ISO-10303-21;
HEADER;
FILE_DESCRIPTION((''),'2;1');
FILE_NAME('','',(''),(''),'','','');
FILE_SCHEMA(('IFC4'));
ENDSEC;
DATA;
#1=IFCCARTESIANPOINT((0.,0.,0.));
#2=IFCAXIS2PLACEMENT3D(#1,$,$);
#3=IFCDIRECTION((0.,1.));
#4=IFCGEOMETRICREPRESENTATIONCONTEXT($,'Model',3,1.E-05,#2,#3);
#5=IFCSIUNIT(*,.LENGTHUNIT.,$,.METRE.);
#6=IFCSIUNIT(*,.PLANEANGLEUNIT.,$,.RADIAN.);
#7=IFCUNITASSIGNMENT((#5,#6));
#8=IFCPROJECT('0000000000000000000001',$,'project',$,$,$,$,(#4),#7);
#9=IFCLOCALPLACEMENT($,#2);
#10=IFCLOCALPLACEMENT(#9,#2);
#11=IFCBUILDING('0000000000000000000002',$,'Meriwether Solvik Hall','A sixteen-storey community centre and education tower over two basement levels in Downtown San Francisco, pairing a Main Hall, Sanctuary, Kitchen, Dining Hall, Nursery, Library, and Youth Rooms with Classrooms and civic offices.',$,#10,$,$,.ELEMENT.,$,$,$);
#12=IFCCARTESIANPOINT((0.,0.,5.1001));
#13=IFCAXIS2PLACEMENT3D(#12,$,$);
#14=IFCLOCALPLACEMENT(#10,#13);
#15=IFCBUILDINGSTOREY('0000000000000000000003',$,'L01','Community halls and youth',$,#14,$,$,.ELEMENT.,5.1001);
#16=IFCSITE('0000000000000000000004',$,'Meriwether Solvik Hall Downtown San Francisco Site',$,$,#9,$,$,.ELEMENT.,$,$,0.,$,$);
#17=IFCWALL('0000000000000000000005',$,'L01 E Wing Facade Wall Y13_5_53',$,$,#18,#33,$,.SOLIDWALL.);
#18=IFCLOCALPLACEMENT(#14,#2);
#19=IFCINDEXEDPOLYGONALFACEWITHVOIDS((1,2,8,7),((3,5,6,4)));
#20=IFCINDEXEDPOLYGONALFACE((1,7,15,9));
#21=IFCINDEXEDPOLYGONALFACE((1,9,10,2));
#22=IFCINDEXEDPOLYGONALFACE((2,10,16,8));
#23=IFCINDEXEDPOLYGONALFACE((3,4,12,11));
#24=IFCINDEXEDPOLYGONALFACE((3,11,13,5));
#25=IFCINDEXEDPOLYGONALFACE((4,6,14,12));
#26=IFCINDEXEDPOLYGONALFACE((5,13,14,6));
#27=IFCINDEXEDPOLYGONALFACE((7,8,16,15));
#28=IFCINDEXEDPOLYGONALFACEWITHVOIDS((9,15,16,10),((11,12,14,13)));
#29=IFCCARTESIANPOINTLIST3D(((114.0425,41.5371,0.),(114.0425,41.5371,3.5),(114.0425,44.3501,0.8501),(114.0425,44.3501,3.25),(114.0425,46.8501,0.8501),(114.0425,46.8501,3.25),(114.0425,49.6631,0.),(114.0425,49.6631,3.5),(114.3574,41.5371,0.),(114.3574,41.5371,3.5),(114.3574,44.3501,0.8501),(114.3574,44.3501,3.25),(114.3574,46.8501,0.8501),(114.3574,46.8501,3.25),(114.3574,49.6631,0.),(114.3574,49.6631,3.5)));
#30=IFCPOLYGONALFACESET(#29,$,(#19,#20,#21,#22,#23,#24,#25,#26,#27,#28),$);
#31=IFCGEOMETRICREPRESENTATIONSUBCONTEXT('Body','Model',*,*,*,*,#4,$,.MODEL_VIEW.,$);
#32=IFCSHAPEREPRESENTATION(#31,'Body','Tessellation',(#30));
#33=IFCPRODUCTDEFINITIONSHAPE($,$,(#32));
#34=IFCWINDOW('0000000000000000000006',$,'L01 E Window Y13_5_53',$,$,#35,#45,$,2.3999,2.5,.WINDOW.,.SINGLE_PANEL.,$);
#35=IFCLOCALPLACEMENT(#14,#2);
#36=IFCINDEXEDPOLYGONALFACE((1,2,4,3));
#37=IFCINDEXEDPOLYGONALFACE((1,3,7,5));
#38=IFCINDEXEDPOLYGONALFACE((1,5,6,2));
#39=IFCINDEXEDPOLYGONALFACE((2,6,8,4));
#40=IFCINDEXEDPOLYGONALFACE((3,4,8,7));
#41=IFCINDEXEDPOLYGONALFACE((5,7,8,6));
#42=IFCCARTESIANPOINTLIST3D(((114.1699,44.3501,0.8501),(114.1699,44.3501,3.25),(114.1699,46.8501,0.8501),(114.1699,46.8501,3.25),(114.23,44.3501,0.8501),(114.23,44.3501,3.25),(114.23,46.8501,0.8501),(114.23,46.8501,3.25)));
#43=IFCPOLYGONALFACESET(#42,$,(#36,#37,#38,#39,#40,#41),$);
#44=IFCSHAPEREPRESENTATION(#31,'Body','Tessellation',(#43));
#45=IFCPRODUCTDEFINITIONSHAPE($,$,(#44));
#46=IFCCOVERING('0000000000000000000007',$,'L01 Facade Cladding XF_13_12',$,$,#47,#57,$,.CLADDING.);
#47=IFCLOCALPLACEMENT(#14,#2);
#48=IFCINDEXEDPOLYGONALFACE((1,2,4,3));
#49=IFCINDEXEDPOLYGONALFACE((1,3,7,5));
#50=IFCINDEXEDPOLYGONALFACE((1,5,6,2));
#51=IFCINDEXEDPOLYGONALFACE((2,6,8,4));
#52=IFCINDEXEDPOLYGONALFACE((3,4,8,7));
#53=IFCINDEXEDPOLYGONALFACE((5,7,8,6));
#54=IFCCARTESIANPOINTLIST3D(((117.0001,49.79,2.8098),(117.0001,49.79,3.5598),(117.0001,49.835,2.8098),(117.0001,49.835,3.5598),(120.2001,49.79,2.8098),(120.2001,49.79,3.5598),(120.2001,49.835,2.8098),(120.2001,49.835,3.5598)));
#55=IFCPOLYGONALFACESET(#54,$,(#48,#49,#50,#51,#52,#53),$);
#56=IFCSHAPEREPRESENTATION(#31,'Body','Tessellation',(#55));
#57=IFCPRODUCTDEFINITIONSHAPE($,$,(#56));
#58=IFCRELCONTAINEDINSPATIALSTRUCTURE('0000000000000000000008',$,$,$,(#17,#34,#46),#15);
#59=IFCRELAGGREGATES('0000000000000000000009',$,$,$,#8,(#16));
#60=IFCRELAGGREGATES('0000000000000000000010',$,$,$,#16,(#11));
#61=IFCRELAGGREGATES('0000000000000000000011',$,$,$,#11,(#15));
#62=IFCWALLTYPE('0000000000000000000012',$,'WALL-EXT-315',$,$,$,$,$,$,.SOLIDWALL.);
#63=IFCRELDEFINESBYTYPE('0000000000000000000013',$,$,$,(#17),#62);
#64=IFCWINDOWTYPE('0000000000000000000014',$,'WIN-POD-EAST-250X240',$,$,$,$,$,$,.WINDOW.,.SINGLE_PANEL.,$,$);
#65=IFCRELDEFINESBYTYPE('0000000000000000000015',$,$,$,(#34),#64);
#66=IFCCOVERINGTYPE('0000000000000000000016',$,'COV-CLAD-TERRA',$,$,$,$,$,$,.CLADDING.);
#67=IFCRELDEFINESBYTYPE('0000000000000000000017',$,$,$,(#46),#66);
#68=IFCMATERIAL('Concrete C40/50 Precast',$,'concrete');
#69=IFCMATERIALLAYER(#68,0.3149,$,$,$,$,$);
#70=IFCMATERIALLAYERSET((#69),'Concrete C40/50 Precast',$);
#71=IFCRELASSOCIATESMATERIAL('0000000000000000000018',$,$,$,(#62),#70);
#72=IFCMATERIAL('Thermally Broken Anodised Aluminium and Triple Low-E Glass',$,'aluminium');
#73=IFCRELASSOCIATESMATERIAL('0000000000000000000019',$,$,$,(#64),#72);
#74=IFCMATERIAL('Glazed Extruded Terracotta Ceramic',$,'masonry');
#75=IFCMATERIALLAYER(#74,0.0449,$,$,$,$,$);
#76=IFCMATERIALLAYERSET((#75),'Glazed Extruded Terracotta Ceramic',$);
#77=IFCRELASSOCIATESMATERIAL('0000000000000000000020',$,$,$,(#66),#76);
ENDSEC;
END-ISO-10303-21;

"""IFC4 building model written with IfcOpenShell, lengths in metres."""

from ifc_helpers import new_model, si_unit, direction, frame, frame_2d, origin, origin_2d, place, context, subcontext, project, spatial, rectangle, extrude, material, layer, layer_set, type_object, element, fill, save


model = new_model("IFC4")

# Units and contexts
model_context = context("Model", 3, precision=1e-05, world=origin(), true_north=direction((0.0, 1.0)))
body_context = subcontext(model_context, "Body", "Model", "MODEL_VIEW")
ifc_project = project(units=[si_unit("LENGTHUNIT", "METRE"), si_unit("PLANEANGLEUNIT", "RADIAN")], contexts=[model_context])

# Site, building, storey
site_placement = place(None, origin())
site = spatial("IfcSite", under=ifc_project, at=site_placement, Name="Meriwether Solvik Hall Downtown San Francisco Site", CompositionType="ELEMENT", RefElevation=0.0)
building_placement = place(site_placement, origin())
building = spatial("IfcBuilding", under=site, at=building_placement, Name="Meriwether Solvik Hall", Description="A sixteen-storey community centre and education tower over two basement levels in Downtown San Francisco, pairing a Main Hall, Sanctuary, Kitchen, Dining Hall, Nursery, Library, and Youth Rooms with Classrooms and civic offices.", CompositionType="ELEMENT")
storey_placement = place(building_placement, frame((0.0, 0.0, 5.1001)))
storey = spatial("IfcBuildingStorey", under=building, at=storey_placement, Name="L01", Description="Community halls and youth", CompositionType="ELEMENT", Elevation=5.1001)

# Wall, opening, window
ifc_material_1 = material(Name="Concrete C40/50 Precast", Category="concrete")
ifc_layer_1 = layer(ifc_material_1, 0.3149)
ifc_layer_set_1 = layer_set([ifc_layer_1], Name="Concrete C40/50 Precast")
wall_type = type_object("IfcWallType", Name="WALL-EXT-315", PredefinedType="SOLIDWALL", material=ifc_layer_set_1)
wall_placement = place(storey_placement, frame((114.2, 49.6631, 0.0), z_axis=(0.0, 0.0, 1.0), x_axis=(0.0, -1.0, 0.0)))
wall = element("IfcWall", 1, at=wall_placement, inside=storey, type_object=wall_type, Name="L01 E Wing Facade Wall Y13_5_53", PredefinedType="SOLIDWALL", context=body_context, shape_type="SweptSolid", body=[
    extrude(rectangle(XDim=8.126, YDim=0.3149, at=frame_2d((4.063, 0.0))), origin(), (0.0, 0.0, 1.0), 3.5),
])
opening_placement = place(wall_placement, frame((2.813, 0.0, 0.8501)))
opening = element("IfcOpeningElement", 2, at=opening_placement, cuts=wall, PredefinedType="OPENING", context=body_context, shape_type="SweptSolid", body=[
    extrude(rectangle(XDim=2.5, YDim=2.3999, at=frame_2d((1.25, 1.2))), frame((0.0, 0.1694, 0.0), z_axis=(0.0, -1.0, 0.0), x_axis=(1.0, 0.0, 0.0)), (0.0, 0.0, 1.0), 0.3389),
])
ifc_material_2 = material(Name="Thermally Broken Anodised Aluminium and Triple Low-E Glass", Category="aluminium")
window_type = type_object("IfcWindowType", Name="WIN-POD-EAST-250X240", PartitioningType="SINGLE_PANEL", PredefinedType="WINDOW", material=ifc_material_2)
window_placement = place(opening_placement, origin())
window = element("IfcWindow", 3, at=window_placement, inside=storey, type_object=window_type, Name="L01 E Window Y13_5_53", OverallHeight=2.3999, OverallWidth=2.5, PartitioningType="SINGLE_PANEL", PredefinedType="WINDOW", context=body_context, shape_type="SweptSolid", body=[
    extrude(rectangle(XDim=2.5, YDim=2.3999, at=frame_2d((1.25, 1.2))), frame((0.0, 0.03, 0.0), z_axis=(0.0, -1.0, 0.0), x_axis=(1.0, 0.0, 0.0)), (0.0, 0.0, 1.0), 0.0601),
])
fill(opening, window)

# Covering
ifc_material_3 = material(Name="Glazed Extruded Terracotta Ceramic", Category="masonry")
ifc_layer_2 = layer(ifc_material_3, 0.0449)
ifc_layer_set_2 = layer_set([ifc_layer_2], Name="Glazed Extruded Terracotta Ceramic")
covering_type = type_object("IfcCoveringType", Name="COV-CLAD-TERRA", PredefinedType="CLADDING", material=ifc_layer_set_2)
covering_placement = place(storey_placement, frame((118.6001, 49.8125, 2.8098), z_axis=(0.0, 0.0, 1.0), x_axis=(-1.0, 0.0, 0.0)))
element("IfcCovering", 4, at=covering_placement, inside=storey, type_object=covering_type, Name="L01 Facade Cladding XF_13_12", PredefinedType="CLADDING", context=body_context, shape_type="SweptSolid", body=[
    extrude(rectangle(XDim=3.2, YDim=0.0449, at=origin_2d()), origin(), (0.0, 0.0, 1.0), 0.75),
])

save(model, "model.ifc")
